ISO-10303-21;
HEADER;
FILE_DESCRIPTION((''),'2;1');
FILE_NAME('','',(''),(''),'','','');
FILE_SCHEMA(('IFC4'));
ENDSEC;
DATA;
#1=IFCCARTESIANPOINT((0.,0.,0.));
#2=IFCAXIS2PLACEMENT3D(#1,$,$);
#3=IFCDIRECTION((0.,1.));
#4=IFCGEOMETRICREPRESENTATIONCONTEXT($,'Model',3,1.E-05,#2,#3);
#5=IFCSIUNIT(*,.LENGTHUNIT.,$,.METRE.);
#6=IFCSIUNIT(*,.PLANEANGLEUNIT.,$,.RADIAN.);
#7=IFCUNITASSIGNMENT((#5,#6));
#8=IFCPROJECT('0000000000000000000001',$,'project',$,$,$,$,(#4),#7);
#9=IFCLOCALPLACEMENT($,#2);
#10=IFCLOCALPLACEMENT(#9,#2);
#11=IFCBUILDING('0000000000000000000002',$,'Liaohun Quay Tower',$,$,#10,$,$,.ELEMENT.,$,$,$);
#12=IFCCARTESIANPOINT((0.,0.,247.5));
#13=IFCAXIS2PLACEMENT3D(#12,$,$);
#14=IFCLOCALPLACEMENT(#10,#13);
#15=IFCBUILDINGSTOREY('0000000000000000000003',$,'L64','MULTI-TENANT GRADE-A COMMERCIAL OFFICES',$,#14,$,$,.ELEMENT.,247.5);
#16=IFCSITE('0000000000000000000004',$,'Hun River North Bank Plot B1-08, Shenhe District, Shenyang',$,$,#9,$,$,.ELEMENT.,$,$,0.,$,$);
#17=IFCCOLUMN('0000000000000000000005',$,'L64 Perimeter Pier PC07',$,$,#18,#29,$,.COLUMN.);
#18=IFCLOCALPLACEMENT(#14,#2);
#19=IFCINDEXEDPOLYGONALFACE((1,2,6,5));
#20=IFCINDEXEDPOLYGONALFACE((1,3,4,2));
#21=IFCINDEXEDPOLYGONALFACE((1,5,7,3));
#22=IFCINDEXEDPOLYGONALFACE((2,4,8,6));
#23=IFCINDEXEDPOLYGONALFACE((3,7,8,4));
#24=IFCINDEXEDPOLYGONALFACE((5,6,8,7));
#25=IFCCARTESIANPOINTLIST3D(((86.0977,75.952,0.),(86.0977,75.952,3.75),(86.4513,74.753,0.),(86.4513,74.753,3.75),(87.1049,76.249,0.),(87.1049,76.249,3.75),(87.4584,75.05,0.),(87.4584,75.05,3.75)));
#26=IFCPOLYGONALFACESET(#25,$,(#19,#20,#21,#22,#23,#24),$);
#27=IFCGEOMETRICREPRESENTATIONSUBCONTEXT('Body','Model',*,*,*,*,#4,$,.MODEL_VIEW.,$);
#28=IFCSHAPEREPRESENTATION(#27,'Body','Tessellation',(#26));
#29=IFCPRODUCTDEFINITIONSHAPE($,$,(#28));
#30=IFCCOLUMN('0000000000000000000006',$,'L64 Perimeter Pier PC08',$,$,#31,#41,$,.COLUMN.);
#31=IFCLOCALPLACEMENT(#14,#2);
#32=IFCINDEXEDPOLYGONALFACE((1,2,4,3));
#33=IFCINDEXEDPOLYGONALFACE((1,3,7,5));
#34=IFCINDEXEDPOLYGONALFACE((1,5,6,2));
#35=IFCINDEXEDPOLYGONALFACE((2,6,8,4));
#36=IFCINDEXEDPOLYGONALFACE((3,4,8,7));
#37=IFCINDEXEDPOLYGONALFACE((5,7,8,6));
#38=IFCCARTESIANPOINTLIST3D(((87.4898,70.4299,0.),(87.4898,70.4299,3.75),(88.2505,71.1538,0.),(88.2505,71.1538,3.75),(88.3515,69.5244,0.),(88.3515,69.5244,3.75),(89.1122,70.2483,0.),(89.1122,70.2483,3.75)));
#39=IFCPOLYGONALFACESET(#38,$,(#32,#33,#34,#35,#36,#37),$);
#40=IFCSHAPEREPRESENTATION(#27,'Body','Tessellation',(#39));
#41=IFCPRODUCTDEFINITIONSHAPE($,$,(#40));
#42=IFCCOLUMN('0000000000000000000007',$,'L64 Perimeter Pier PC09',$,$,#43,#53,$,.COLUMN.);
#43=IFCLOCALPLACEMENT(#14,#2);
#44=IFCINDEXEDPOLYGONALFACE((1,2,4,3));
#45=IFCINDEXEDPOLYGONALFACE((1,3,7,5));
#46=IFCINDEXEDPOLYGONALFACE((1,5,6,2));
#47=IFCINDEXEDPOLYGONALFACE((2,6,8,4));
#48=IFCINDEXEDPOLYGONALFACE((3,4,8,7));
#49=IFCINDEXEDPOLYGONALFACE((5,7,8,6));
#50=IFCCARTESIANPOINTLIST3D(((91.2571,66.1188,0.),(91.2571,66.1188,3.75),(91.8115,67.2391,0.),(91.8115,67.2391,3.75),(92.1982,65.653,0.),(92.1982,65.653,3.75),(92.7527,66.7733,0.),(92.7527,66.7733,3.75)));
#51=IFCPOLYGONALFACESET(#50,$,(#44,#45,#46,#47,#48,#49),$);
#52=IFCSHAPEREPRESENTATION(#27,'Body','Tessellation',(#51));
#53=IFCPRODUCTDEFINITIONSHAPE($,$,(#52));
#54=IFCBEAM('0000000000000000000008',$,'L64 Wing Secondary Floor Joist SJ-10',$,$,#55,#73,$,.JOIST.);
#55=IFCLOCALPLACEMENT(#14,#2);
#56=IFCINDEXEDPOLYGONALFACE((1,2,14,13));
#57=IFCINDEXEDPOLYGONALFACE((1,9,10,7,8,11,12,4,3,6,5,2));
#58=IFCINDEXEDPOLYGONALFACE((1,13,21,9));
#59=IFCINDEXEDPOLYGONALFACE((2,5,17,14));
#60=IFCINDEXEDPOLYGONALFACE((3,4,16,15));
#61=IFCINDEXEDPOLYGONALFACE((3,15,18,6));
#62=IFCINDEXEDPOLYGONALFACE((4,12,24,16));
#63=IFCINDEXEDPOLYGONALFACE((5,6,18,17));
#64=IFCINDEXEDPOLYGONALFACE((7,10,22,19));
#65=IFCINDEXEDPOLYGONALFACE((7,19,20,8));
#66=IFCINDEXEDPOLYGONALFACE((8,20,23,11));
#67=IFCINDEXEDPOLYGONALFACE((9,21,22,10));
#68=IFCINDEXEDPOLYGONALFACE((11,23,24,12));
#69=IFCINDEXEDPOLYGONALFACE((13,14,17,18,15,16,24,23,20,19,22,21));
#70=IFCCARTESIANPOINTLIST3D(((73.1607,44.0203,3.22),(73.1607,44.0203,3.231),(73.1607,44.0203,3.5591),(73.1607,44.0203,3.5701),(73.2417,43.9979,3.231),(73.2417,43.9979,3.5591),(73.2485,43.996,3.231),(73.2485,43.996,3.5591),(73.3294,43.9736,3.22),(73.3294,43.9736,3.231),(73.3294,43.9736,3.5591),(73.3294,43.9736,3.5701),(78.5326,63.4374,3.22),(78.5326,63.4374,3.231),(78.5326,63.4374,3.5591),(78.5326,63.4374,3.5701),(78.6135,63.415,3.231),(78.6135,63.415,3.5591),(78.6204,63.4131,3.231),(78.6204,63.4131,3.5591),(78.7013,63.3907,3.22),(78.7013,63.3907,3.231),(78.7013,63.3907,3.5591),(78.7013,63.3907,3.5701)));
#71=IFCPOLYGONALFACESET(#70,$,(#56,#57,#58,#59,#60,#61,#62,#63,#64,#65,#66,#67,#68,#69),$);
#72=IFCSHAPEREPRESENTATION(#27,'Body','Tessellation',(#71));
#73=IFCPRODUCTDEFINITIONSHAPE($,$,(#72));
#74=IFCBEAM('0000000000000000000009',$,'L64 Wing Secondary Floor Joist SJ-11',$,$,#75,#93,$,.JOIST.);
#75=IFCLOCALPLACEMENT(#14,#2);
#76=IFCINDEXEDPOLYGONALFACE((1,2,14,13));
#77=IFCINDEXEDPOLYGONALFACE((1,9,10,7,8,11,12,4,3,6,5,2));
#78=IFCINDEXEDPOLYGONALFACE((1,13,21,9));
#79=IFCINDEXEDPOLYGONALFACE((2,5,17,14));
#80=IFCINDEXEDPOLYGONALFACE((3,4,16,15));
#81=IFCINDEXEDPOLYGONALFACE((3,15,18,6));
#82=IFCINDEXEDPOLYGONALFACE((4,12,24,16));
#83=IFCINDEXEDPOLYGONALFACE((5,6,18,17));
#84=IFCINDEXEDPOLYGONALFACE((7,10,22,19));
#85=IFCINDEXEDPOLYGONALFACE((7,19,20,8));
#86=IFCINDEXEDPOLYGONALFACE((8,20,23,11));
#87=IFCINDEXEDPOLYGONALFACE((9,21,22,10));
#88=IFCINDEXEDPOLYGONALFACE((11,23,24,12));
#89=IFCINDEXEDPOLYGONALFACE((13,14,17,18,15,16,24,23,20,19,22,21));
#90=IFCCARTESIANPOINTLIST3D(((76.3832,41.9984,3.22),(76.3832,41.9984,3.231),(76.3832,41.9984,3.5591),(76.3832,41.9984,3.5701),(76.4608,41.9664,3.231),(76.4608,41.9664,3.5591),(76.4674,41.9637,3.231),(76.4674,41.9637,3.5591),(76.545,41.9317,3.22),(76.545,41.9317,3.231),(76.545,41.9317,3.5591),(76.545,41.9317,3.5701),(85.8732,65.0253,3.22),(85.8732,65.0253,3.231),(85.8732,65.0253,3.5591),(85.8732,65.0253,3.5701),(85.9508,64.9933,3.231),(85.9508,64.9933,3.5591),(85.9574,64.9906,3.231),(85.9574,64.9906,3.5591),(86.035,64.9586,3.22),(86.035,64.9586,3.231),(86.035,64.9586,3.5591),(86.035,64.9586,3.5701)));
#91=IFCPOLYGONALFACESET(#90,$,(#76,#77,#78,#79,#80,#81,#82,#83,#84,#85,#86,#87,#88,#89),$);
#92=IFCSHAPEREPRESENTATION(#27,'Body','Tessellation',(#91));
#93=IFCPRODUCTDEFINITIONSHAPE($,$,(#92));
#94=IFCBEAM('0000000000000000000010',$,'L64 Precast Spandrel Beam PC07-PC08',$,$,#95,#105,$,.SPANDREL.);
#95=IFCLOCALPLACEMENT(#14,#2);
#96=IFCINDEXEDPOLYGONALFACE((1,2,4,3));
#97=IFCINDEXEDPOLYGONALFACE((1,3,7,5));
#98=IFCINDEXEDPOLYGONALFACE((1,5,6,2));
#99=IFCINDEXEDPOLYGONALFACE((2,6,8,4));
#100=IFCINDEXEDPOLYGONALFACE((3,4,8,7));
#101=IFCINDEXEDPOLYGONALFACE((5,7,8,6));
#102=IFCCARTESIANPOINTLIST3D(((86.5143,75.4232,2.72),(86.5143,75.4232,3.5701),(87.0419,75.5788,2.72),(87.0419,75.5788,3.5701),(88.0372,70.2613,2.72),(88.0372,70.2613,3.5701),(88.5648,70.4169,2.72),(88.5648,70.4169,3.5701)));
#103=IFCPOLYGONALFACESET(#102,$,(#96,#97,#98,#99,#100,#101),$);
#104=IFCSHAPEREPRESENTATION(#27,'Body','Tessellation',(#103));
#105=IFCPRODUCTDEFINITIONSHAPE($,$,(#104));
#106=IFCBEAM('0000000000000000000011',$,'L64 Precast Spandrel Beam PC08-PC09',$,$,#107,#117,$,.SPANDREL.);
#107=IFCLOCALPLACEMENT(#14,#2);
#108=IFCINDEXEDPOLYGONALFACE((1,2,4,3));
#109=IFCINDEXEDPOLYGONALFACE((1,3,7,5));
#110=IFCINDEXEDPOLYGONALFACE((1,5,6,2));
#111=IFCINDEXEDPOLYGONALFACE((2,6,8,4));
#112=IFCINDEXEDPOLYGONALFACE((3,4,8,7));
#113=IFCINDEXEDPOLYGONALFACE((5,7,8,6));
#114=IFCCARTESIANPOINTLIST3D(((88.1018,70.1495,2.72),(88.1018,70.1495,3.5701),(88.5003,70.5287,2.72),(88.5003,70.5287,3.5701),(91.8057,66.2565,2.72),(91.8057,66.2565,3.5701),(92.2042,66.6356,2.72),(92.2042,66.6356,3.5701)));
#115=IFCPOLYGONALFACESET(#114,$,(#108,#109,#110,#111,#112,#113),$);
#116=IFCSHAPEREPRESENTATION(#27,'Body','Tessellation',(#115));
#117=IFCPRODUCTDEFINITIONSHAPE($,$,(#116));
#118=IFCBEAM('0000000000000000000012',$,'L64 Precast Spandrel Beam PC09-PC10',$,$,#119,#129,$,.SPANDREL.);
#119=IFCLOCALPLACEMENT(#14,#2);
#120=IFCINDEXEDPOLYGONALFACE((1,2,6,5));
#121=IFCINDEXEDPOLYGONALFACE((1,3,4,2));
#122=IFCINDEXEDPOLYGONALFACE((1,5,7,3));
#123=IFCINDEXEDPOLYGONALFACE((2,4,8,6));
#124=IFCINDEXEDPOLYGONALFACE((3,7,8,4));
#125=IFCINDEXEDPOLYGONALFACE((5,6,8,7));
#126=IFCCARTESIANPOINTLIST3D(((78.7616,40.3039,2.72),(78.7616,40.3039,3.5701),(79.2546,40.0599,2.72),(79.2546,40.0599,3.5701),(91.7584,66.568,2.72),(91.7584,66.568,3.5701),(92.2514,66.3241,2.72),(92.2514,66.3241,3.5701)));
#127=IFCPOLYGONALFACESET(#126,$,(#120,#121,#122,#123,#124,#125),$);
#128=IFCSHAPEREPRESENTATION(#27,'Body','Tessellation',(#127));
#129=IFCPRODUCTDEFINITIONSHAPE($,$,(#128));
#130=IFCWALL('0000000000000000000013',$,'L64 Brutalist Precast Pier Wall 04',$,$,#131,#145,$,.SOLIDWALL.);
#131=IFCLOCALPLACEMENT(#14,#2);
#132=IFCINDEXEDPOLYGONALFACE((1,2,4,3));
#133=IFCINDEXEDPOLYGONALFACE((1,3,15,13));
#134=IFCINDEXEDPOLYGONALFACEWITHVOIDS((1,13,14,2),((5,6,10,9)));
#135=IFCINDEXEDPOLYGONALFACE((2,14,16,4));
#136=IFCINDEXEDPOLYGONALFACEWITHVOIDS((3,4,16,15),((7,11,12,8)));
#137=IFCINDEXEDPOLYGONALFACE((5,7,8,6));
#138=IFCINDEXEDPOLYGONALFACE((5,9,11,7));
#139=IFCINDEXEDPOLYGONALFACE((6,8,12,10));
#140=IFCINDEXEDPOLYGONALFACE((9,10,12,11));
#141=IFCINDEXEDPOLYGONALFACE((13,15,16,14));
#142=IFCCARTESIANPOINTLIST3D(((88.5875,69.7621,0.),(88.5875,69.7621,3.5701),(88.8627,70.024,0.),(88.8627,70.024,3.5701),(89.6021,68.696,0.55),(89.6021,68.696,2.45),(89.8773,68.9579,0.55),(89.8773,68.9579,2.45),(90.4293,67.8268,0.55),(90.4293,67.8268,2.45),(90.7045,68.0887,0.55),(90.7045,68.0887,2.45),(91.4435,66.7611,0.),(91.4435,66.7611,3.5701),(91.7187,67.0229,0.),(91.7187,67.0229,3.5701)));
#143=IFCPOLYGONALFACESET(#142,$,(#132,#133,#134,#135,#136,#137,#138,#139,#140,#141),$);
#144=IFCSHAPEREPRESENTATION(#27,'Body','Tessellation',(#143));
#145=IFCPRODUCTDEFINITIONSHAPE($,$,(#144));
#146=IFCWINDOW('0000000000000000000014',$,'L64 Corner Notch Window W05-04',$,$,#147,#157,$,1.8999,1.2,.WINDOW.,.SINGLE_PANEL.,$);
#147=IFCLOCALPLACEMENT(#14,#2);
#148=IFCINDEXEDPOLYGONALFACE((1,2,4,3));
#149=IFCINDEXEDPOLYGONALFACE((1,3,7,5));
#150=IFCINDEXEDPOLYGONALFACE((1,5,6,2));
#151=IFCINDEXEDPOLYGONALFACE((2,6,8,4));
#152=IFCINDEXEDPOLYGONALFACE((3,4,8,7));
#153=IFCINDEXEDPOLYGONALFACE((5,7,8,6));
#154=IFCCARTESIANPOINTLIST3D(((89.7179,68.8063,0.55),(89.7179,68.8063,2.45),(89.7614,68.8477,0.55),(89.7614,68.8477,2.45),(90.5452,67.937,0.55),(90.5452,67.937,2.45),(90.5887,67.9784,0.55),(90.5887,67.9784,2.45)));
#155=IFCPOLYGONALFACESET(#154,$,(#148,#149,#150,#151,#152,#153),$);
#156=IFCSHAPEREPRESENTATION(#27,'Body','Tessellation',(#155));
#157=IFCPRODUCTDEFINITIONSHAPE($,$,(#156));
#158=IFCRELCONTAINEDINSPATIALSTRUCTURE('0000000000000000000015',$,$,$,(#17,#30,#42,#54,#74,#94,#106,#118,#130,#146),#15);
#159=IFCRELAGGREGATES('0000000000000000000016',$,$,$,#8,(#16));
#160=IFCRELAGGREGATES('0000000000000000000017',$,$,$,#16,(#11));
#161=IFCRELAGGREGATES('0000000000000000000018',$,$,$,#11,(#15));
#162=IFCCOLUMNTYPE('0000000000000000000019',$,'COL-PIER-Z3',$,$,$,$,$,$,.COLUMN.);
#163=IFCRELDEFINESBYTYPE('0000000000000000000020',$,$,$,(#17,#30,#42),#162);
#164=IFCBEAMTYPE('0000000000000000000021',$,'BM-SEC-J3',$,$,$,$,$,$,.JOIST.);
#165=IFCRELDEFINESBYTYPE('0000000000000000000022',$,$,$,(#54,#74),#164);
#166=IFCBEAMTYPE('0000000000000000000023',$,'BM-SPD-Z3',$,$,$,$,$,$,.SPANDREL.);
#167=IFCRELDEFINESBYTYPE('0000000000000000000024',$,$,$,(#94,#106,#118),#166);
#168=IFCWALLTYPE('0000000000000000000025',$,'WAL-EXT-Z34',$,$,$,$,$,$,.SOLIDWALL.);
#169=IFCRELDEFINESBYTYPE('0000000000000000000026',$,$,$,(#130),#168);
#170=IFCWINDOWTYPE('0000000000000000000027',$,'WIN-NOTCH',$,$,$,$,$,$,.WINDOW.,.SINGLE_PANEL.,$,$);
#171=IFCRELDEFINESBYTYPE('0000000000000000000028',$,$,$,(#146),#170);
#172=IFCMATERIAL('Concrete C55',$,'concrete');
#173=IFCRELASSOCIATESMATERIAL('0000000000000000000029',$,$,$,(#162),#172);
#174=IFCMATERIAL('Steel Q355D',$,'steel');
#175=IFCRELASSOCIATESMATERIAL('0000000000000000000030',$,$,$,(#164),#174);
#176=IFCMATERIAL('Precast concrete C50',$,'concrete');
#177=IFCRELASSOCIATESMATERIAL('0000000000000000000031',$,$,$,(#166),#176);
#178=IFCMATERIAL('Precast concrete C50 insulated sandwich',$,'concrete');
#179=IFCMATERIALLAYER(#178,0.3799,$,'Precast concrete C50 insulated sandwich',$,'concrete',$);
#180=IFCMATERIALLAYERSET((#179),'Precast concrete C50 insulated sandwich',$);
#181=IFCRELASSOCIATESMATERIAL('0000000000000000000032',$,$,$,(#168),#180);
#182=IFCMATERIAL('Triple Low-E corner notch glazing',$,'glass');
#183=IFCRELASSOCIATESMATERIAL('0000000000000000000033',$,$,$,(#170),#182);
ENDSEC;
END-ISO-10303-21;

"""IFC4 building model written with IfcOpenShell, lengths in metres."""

from ifc_helpers import new_model, si_unit, direction, frame, frame_2d, origin, origin_2d, place, context, subcontext, project, spatial, rectangle, i_section, extrude, source, transform, mapped, material, layer, layer_set, material_profile, profile_set, type_object, element, fill, save


model = new_model("IFC4")

# Units and contexts
model_context = context("Model", 3, precision=1e-05, world=origin(), true_north=direction((0.0, 1.0)))
body_context = subcontext(model_context, "Body", "Model", "MODEL_VIEW")
ifc_project = project(units=[si_unit("LENGTHUNIT", "METRE"), si_unit("PLANEANGLEUNIT", "RADIAN")], contexts=[model_context])

# Site, building, storey
site_placement = place(None, origin())
site = spatial("IfcSite", under=ifc_project, at=site_placement, Name="Hun River North Bank Plot B1-08, Shenhe District, Shenyang", CompositionType="ELEMENT", RefElevation=0.0)
building_placement = place(site_placement, origin())
building = spatial("IfcBuilding", under=site, at=building_placement, Name="Liaohun Quay Tower", CompositionType="ELEMENT")
storey_placement = place(building_placement, frame((0.0, 0.0, 247.5)))
storey = spatial("IfcBuildingStorey", under=building, at=storey_placement, Name="L64", Description="MULTI-TENANT GRADE-A COMMERCIAL OFFICES", CompositionType="ELEMENT", Elevation=247.5)

# Columns
ifc_material_1 = material(Name="Concrete C55", Category="concrete")
ifc_material_profile_1 = material_profile(ifc_material_1, rectangle(XDim=1.25, YDim=1.05, at=origin_2d()), Name="RC1250x1050")
ifc_profile_set_1 = profile_set([ifc_material_profile_1], Name="Concrete C55")
column_type = type_object("IfcColumnType", Name="COL-PIER-Z3", PredefinedType="COLUMN", material=ifc_profile_set_1)
shared_shape_1 = source(origin(), body_context, "Body", "SweptSolid", [
    extrude(rectangle(XDim=1.25, YDim=1.05, at=origin_2d()), origin(), (0.0, 0.0, 1.0), 3.75),
])
for number, where, z_axis, x_axis, name in (
    (1, (86.7781, 75.501, 0.0), (0.0, 0.0, 1.0), (-0.282844, 0.959166, 0.0), "L64 Perimeter Pier PC07"),
    (2, (88.301, 70.3391, 0.0), (0.0, 0.0, 1.0), (-0.689367, 0.724413, 0.0), "L64 Perimeter Pier PC08"),
    (3, (92.0049, 66.446, 0.0), (0.0, 0.0, 1.0), (0.443541, 0.896254, 0.0), "L64 Perimeter Pier PC09"),
):
    element("IfcColumn", number, at=place(storey_placement, frame(where, z_axis=z_axis, x_axis=x_axis)), inside=storey, type_object=column_type, Name=name, PredefinedType="COLUMN", context=body_context, shape_type="MappedRepresentation", body=[
        mapped(shared_shape_1, transform((0.0, 0.0, 0.0), x_axis=(1.0, 0.0, 0.0), y_axis=(0.0, 1.0, 0.0), z_axis=(0.0, 0.0, 1.0), scale=1.0)),
    ])

# Beams
ifc_material_2 = material(Name="Steel Q355D", Category="steel")
ifc_material_profile_2 = material_profile(ifc_material_2, i_section(OverallWidth=0.175, OverallDepth=0.3501, WebThickness=0.0071, FlangeThickness=0.011, at=origin_2d()), Name="HN350x175x7x11")
ifc_profile_set_2 = profile_set([ifc_material_profile_2], Name="Steel Q355D")
beam_type_1 = type_object("IfcBeamType", Name="BM-SEC-J3", PredefinedType="JOIST", material=ifc_profile_set_2)
shared_shape_2 = source(origin(), body_context, "Body", "SweptSolid", [
    extrude(i_section(OverallWidth=0.175, OverallDepth=0.3501, WebThickness=0.0071, FlangeThickness=0.011, at=origin_2d()), origin(), (0.0, 0.0, 1.0), 20.1465),
])
beam_1_placement = place(storey_placement, frame((78.6169, 63.4141, 3.395), z_axis=(-0.26664, -0.963796, 0.0), x_axis=(0.963796, -0.26664, 0.0)))
element("IfcBeam", 4, at=beam_1_placement, inside=storey, type_object=beam_type_1, Name="L64 Wing Secondary Floor Joist SJ-10", PredefinedType="JOIST", context=body_context, shape_type="MappedRepresentation", body=[
    mapped(shared_shape_2, transform((0.0, 0.0, 0.0), x_axis=(1.0, 0.0, 0.0), y_axis=(0.0, 1.0, 0.0), z_axis=(0.0, 0.0, 1.0), scale=1.0)),
])
shared_shape_3 = source(origin(), body_context, "Body", "SweptSolid", [
    extrude(i_section(OverallWidth=0.175, OverallDepth=0.3501, WebThickness=0.0071, FlangeThickness=0.011, at=origin_2d()), origin(), (0.0, 0.0, 1.0), 24.9058),
])
beam_2_placement = place(storey_placement, frame((85.9541, 64.9919, 3.395), z_axis=(-0.381036, -0.92456, 0.0), x_axis=(0.92456, -0.381036, 0.0)))
element("IfcBeam", 5, at=beam_2_placement, inside=storey, type_object=beam_type_1, Name="L64 Wing Secondary Floor Joist SJ-11", PredefinedType="JOIST", context=body_context, shape_type="MappedRepresentation", body=[
    mapped(shared_shape_3, transform((0.0, 0.0, 0.0), x_axis=(1.0, 0.0, 0.0), y_axis=(0.0, 1.0, 0.0), z_axis=(0.0, 0.0, 1.0), scale=1.0)),
])
ifc_material_3 = material(Name="Precast concrete C50", Category="concrete")
ifc_material_profile_3 = material_profile(ifc_material_3, rectangle(XDim=0.55, YDim=0.8501, at=origin_2d()), Name="RC550x850")
ifc_profile_set_3 = profile_set([ifc_material_profile_3], Name="Precast concrete C50")
beam_type_2 = type_object("IfcBeamType", Name="BM-SPD-Z3", PredefinedType="SPANDREL", material=ifc_profile_set_3)
shared_shape_4 = source(origin(), body_context, "Body", "SweptSolid", [
    extrude(rectangle(XDim=0.55, YDim=0.8501, at=origin_2d()), origin(), (0.0, 0.0, 1.0), 5.3818),
])
beam_3_placement = place(storey_placement, frame((86.7781, 75.501, 3.145), z_axis=(0.282979, -0.959126, 0.0), x_axis=(0.959126, 0.282979, 0.0)))
element("IfcBeam", 6, at=beam_3_placement, inside=storey, type_object=beam_type_2, Name="L64 Precast Spandrel Beam PC07-PC08", PredefinedType="SPANDREL", context=body_context, shape_type="MappedRepresentation", body=[
    mapped(shared_shape_4, transform((0.0, 0.0, 0.0), x_axis=(1.0, 0.0, 0.0), y_axis=(0.0, 1.0, 0.0), z_axis=(0.0, 0.0, 1.0), scale=1.0)),
])
shared_shape_5 = source(origin(), body_context, "Body", "SweptSolid", [
    extrude(rectangle(XDim=0.55, YDim=0.8501, at=origin_2d()), origin(), (0.0, 0.0, 1.0), 5.3735),
])
beam_4_placement = place(storey_placement, frame((88.301, 70.3391, 3.145), z_axis=(0.689282, -0.724493, 0.0), x_axis=(0.724493, 0.689282, 0.0)))
element("IfcBeam", 7, at=beam_4_placement, inside=storey, type_object=beam_type_2, Name="L64 Precast Spandrel Beam PC08-PC09", PredefinedType="SPANDREL", context=body_context, shape_type="MappedRepresentation", body=[
    mapped(shared_shape_5, transform((0.0, 0.0, 0.0), x_axis=(1.0, 0.0, 0.0), y_axis=(0.0, 1.0, 0.0), z_axis=(0.0, 0.0, 1.0), scale=1.0)),
])
shared_shape_6 = source(origin(), body_context, "Body", "SweptSolid", [
    extrude(rectangle(XDim=0.55, YDim=0.8501, at=origin_2d()), origin(), (0.0, 0.0, 1.0), 29.304),
])
beam_5_placement = place(storey_placement, frame((92.0049, 66.446, 3.145), z_axis=(-0.443517, -0.896266, 0.0), x_axis=(0.896266, -0.443517, 0.0)))
element("IfcBeam", 8, at=beam_5_placement, inside=storey, type_object=beam_type_2, Name="L64 Precast Spandrel Beam PC09-PC10", PredefinedType="SPANDREL", context=body_context, shape_type="MappedRepresentation", body=[
    mapped(shared_shape_6, transform((0.0, 0.0, 0.0), x_axis=(1.0, 0.0, 0.0), y_axis=(0.0, 1.0, 0.0), z_axis=(0.0, 0.0, 1.0), scale=1.0)),
])

# Wall, opening, window
ifc_material_4 = material(Name="Precast concrete C50 insulated sandwich", Category="concrete")
ifc_layer_1 = layer(ifc_material_4, 0.3799, Name="Precast concrete C50 insulated sandwich", Category="concrete")
ifc_layer_set_1 = layer_set([ifc_layer_1], Name="Precast concrete C50 insulated sandwich")
wall_type_1 = type_object("IfcWallType", Name="WAL-EXT-Z34", PredefinedType="SOLIDWALL", material=ifc_layer_set_1)
wall_1_placement = place(storey_placement, frame((91.5811, 66.8921, 0.0), z_axis=(0.0, 0.0, 1.0), x_axis=(-0.689387, 0.724393, 0.0)))
wall_1 = element("IfcWall", 9, at=wall_1_placement, inside=storey, type_object=wall_type_1, Name="L64 Brutalist Precast Pier Wall 04", PredefinedType="SOLIDWALL", context=body_context, shape_type="SweptSolid", body=[
    extrude(rectangle(XDim=4.1428, YDim=0.3799, at=frame_2d((2.0713, 0.0))), origin(), (0.0, 0.0, 1.0), 3.5701),
])
shared_shape_7 = source(origin(), body_context, "Body", "SweptSolid", [
    extrude(rectangle(XDim=1.2, YDim=1.8999, at=frame_2d((0.6001, 0.95))), frame((0.0, 0.2, 0.0), z_axis=(0.0, -1.0, 0.0), x_axis=(1.0, 0.0, 0.0)), (0.0, 0.0, 1.0), 0.3999),
])
opening_1_placement = place(wall_1_placement, frame((1.4709, 0.0, 0.55)))
opening_1 = element("IfcOpeningElement", 10, at=opening_1_placement, cuts=wall_1, PredefinedType="OPENING", context=body_context, shape_type="MappedRepresentation", body=[
    mapped(shared_shape_7, transform((0.0, 0.0, 0.0), x_axis=(1.0, 0.0, 0.0), y_axis=(0.0, 1.0, 0.0), z_axis=(0.0, 0.0, 1.0), scale=1.0)),
])
ifc_material_5 = material(Name="Triple Low-E corner notch glazing", Category="glass")
window_type_1 = type_object("IfcWindowType", Name="WIN-NOTCH", PartitioningType="SINGLE_PANEL", PredefinedType="WINDOW", material=ifc_material_5)
shared_shape_8 = source(origin(), body_context, "Body", "SweptSolid", [
    extrude(rectangle(XDim=1.2, YDim=1.8999, at=frame_2d((0.6001, 0.95))), frame((0.0, 0.03, 0.0), z_axis=(0.0, -1.0, 0.0), x_axis=(1.0, 0.0, 0.0)), (0.0, 0.0, 1.0), 0.0601),
])
window_1_placement = place(opening_1_placement, origin())
window_1 = element("IfcWindow", 11, at=window_1_placement, inside=storey, type_object=window_type_1, Name="L64 Corner Notch Window W05-04", OverallHeight=1.8999, OverallWidth=1.2, PartitioningType="SINGLE_PANEL", PredefinedType="WINDOW", context=body_context, shape_type="MappedRepresentation", body=[
    mapped(shared_shape_8, transform((0.0, 0.0, 0.0), x_axis=(1.0, 0.0, 0.0), y_axis=(0.0, 1.0, 0.0), z_axis=(0.0, 0.0, 1.0), scale=1.0)),
])
fill(opening_1, window_1)

save(model, "model.ifc")
